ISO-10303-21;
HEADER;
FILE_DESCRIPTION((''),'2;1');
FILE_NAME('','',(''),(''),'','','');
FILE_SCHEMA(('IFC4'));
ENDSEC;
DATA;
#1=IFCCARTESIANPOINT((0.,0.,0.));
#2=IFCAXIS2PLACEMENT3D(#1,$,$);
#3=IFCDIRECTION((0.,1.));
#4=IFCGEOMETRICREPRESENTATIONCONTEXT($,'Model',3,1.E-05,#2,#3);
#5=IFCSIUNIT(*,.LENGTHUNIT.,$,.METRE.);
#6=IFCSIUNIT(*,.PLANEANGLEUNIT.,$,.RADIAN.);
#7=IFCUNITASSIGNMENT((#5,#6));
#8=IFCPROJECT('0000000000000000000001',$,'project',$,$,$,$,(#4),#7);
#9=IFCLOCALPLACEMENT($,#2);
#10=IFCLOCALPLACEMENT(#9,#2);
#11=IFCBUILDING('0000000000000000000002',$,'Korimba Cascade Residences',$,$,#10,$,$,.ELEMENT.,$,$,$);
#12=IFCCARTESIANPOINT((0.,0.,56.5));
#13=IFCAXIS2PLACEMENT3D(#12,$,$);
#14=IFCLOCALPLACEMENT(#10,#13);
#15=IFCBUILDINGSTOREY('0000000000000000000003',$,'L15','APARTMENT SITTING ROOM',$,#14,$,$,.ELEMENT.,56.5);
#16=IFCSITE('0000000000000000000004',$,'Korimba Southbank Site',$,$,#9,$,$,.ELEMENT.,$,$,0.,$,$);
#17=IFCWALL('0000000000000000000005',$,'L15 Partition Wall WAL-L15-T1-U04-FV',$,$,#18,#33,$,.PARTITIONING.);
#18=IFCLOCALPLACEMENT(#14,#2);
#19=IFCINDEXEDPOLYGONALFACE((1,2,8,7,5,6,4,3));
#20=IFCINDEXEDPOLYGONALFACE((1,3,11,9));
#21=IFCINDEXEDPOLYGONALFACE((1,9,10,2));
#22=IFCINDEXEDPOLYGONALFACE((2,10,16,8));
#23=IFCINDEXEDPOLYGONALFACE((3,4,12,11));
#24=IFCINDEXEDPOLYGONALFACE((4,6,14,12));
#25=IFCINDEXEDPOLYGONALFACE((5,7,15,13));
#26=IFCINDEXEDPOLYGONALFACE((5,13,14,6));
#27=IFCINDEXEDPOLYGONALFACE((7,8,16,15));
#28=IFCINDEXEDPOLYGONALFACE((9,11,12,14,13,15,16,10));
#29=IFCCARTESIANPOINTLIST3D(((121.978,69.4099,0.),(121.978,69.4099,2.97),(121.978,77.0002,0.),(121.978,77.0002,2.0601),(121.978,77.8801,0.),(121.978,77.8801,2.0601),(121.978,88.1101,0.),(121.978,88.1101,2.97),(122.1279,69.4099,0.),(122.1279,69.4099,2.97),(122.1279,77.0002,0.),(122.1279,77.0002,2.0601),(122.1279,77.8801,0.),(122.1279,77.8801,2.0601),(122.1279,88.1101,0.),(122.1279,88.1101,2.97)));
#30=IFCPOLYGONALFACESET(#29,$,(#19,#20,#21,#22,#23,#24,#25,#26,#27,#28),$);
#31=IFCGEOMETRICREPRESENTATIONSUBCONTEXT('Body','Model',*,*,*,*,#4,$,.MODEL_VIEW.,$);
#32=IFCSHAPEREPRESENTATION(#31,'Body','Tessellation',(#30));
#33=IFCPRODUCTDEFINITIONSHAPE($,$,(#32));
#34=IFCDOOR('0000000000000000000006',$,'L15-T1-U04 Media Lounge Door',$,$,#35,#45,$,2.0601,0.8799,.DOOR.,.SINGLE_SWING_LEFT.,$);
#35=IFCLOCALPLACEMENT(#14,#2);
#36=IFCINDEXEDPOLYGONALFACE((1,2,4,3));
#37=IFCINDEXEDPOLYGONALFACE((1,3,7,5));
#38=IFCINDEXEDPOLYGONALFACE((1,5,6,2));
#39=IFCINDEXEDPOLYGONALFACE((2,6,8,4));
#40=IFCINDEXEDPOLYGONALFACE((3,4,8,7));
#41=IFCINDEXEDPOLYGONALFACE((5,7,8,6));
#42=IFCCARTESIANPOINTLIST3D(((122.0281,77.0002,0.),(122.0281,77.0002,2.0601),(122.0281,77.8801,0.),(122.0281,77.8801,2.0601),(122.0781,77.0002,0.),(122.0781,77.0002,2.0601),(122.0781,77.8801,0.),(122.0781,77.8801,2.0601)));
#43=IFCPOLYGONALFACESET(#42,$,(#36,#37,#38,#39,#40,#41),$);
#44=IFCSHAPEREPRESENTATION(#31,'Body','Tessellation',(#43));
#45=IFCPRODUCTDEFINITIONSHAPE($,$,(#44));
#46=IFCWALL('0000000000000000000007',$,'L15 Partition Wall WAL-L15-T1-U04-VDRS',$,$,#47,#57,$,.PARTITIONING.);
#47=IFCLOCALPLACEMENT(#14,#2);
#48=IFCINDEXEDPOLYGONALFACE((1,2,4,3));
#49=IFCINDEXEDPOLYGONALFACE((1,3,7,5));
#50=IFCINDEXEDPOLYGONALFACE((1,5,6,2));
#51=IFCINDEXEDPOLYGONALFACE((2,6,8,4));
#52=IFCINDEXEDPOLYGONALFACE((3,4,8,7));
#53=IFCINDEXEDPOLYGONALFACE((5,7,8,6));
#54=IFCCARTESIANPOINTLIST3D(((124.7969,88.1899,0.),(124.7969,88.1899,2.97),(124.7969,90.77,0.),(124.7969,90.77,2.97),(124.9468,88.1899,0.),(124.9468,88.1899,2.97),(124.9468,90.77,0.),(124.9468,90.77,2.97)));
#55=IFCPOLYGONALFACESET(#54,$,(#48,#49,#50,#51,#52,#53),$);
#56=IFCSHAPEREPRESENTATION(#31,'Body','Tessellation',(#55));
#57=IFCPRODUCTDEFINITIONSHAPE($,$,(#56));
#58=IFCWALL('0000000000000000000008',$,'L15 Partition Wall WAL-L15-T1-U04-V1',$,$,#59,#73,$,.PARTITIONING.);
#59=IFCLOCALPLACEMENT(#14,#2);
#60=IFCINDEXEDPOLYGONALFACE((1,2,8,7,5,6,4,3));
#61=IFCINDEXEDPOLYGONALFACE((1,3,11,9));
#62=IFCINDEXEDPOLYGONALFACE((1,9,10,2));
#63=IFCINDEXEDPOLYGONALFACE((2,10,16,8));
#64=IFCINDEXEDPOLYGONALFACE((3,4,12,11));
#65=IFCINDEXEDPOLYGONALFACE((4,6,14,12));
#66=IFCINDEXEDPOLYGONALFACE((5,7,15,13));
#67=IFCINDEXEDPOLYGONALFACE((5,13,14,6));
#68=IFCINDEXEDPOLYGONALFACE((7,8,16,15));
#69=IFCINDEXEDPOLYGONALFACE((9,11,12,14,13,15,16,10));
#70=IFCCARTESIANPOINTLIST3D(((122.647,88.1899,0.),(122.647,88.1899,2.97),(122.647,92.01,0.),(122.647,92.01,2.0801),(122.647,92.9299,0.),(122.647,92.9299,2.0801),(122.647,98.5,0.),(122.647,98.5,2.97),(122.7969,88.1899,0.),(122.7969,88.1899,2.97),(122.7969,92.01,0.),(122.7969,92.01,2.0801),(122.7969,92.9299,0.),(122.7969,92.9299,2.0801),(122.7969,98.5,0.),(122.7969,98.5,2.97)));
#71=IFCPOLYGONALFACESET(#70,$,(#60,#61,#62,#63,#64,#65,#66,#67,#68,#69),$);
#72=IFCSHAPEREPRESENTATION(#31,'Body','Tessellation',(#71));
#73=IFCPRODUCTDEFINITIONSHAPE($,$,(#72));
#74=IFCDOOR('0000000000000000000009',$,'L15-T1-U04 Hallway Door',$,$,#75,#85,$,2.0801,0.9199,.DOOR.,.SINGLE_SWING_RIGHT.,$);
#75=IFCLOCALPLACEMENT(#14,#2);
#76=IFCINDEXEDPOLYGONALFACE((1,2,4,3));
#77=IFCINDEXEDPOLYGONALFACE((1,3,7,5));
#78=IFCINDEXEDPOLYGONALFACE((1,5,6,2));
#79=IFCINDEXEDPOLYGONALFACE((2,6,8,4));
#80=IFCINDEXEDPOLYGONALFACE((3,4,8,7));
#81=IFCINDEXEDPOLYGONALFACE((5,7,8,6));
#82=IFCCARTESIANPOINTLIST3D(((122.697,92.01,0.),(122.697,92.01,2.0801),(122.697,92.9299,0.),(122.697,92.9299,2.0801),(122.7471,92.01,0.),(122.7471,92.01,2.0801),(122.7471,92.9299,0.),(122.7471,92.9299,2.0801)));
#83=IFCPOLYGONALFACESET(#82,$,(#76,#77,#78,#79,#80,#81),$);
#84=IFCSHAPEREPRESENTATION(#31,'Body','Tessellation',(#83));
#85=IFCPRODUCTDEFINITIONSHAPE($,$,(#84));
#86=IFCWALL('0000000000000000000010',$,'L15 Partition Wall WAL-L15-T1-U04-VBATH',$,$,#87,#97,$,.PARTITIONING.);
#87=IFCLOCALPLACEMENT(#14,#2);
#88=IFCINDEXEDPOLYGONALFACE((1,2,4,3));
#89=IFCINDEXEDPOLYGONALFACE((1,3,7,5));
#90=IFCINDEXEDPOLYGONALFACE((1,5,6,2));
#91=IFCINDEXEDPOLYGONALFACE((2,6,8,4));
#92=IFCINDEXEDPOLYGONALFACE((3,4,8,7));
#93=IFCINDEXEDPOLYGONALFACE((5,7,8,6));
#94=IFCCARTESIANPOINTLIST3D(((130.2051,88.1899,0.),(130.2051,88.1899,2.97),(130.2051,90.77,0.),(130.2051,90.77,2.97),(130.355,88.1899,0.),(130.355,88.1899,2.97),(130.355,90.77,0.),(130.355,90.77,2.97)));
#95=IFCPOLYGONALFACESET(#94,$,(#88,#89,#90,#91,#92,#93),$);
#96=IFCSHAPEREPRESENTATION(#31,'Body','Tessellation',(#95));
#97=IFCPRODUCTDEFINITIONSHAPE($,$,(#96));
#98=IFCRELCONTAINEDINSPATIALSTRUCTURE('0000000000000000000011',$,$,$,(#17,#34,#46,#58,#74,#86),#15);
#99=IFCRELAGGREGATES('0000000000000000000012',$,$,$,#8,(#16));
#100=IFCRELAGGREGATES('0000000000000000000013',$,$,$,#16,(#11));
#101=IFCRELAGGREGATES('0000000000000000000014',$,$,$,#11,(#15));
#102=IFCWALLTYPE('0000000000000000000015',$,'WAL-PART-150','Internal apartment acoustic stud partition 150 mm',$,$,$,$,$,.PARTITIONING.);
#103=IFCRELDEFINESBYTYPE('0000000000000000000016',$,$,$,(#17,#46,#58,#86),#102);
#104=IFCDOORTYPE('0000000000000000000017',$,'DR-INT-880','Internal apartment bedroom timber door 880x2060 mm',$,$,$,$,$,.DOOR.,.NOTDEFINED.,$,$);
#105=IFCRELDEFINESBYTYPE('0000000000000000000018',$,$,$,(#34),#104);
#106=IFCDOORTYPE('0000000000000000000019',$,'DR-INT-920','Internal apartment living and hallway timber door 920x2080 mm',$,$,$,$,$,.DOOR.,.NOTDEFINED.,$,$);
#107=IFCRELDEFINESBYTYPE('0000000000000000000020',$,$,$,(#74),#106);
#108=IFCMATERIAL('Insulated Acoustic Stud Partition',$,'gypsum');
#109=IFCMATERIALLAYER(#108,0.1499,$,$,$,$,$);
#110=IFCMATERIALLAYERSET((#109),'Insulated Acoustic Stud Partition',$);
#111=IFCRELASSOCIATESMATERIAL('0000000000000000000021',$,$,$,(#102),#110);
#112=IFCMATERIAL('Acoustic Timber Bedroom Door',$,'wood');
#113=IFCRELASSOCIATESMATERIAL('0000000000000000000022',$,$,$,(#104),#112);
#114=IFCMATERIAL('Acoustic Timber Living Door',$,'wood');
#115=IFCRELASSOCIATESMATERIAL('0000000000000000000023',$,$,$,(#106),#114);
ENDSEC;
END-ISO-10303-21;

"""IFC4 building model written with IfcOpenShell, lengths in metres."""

from ifc_helpers import new_model, si_unit, direction, frame, frame_2d, origin, place, context, subcontext, project, spatial, rectangle, extrude, material, layer, layer_set, type_object, element, fill, save


model = new_model("IFC4")

# Units and contexts
model_context = context("Model", 3, precision=1e-05, world=origin(), true_north=direction((0.0, 1.0)))
body_context = subcontext(model_context, "Body", "Model", "MODEL_VIEW")
ifc_project = project(units=[si_unit("LENGTHUNIT", "METRE"), si_unit("PLANEANGLEUNIT", "RADIAN")], contexts=[model_context])

# Site, building, storey
site_placement = place(None, origin())
site = spatial("IfcSite", under=ifc_project, at=site_placement, Name="Korimba Southbank Site", CompositionType="ELEMENT", RefElevation=0.0)
building_placement = place(site_placement, origin())
building = spatial("IfcBuilding", under=site, at=building_placement, Name="Korimba Cascade Residences", CompositionType="ELEMENT")
storey_placement = place(building_placement, frame((0.0, 0.0, 56.5)))
storey = spatial("IfcBuildingStorey", under=building, at=storey_placement, Name="L15", Description="APARTMENT SITTING ROOM", CompositionType="ELEMENT", Elevation=56.5)

# Shared definitions
ifc_material_1 = material(Name="Insulated Acoustic Stud Partition", Category="gypsum")
ifc_layer_1 = layer(ifc_material_1, 0.1499)
ifc_layer_set_1 = layer_set([ifc_layer_1], Name="Insulated Acoustic Stud Partition")
wall_type_1 = type_object("IfcWallType", Name="WAL-PART-150", Description="Internal apartment acoustic stud partition 150 mm", PredefinedType="PARTITIONING", material=ifc_layer_set_1)
ifc_material_2 = material(Name="Acoustic Timber Bedroom Door", Category="wood")
door_type_1 = type_object("IfcDoorType", Name="DR-INT-880", Description="Internal apartment bedroom timber door 880x2060 mm", OperationType="NOTDEFINED", PredefinedType="DOOR", material=ifc_material_2)

# Wall, opening, door
wall_1_placement = place(storey_placement, frame((122.053, 69.4099, 0.0), z_axis=(0.0, 0.0, 1.0), x_axis=(0.0, 1.0, 0.0)))
wall_1 = element("IfcWall", 1, at=wall_1_placement, inside=storey, type_object=wall_type_1, Name="L15 Partition Wall WAL-L15-T1-U04-FV", PredefinedType="PARTITIONING", context=body_context, shape_type="SweptSolid", body=[
    extrude(rectangle(XDim=18.7002, YDim=0.1499, at=frame_2d((9.3501, 0.0))), origin(), (0.0, 0.0, 1.0), 2.97),
])
opening_1_placement = place(wall_1_placement, frame((7.5903, 0.0, 0.0)))
opening_1 = element("IfcOpeningElement", 2, at=opening_1_placement, cuts=wall_1, PredefinedType="OPENING", context=body_context, shape_type="SweptSolid", body=[
    extrude(rectangle(XDim=0.8799, YDim=2.0601, at=frame_2d((0.4399, 1.03))), frame((0.0, 0.085, 0.0), z_axis=(0.0, -1.0, 0.0), x_axis=(1.0, 0.0, 0.0)), (0.0, 0.0, 1.0), 0.1699),
])
door_1_placement = place(opening_1_placement, origin())
door_1 = element("IfcDoor", 3, at=door_1_placement, inside=storey, type_object=door_type_1, Name="L15-T1-U04 Media Lounge Door", OperationType="SINGLE_SWING_LEFT", OverallHeight=2.0601, OverallWidth=0.8799, PredefinedType="DOOR", context=body_context, shape_type="SweptSolid", body=[
    extrude(rectangle(XDim=0.8799, YDim=2.0601, at=frame_2d((0.4399, 1.03))), frame((0.0, 0.0249, 0.0), z_axis=(0.0, -1.0, 0.0), x_axis=(1.0, 0.0, 0.0)), (0.0, 0.0, 1.0), 0.05),
])
fill(opening_1, door_1)

# Wall
wall_2_placement = place(storey_placement, frame((124.8718, 88.1899, 0.0), z_axis=(0.0, 0.0, 1.0), x_axis=(0.0, 1.0, 0.0)))
element("IfcWall", 4, at=wall_2_placement, inside=storey, type_object=wall_type_1, Name="L15 Partition Wall WAL-L15-T1-U04-VDRS", PredefinedType="PARTITIONING", context=body_context, shape_type="SweptSolid", body=[
    extrude(rectangle(XDim=2.5801, YDim=0.1499, at=frame_2d((1.29, 0.0))), origin(), (0.0, 0.0, 1.0), 2.97),
])

# Wall, opening, door
wall_3_placement = place(storey_placement, frame((122.7219, 88.1899, 0.0), z_axis=(0.0, 0.0, 1.0), x_axis=(0.0, 1.0, 0.0)))
wall_3 = element("IfcWall", 5, at=wall_3_placement, inside=storey, type_object=wall_type_1, Name="L15 Partition Wall WAL-L15-T1-U04-V1", PredefinedType="PARTITIONING", context=body_context, shape_type="SweptSolid", body=[
    extrude(rectangle(XDim=10.3101, YDim=0.1499, at=frame_2d((5.155, 0.0))), origin(), (0.0, 0.0, 1.0), 2.97),
])
opening_2_placement = place(wall_3_placement, frame((3.8201, 0.0, 0.0)))
opening_2 = element("IfcOpeningElement", 6, at=opening_2_placement, cuts=wall_3, PredefinedType="OPENING", context=body_context, shape_type="SweptSolid", body=[
    extrude(rectangle(XDim=0.9199, YDim=2.0801, at=frame_2d((0.46, 1.04))), frame((0.0, 0.085, 0.0), z_axis=(0.0, -1.0, 0.0), x_axis=(1.0, 0.0, 0.0)), (0.0, 0.0, 1.0), 0.1699),
])
ifc_material_3 = material(Name="Acoustic Timber Living Door", Category="wood")
door_type_2 = type_object("IfcDoorType", Name="DR-INT-920", Description="Internal apartment living and hallway timber door 920x2080 mm", OperationType="NOTDEFINED", PredefinedType="DOOR", material=ifc_material_3)
door_2_placement = place(opening_2_placement, origin())
door_2 = element("IfcDoor", 7, at=door_2_placement, inside=storey, type_object=door_type_2, Name="L15-T1-U04 Hallway Door", OperationType="SINGLE_SWING_RIGHT", OverallHeight=2.0801, OverallWidth=0.9199, PredefinedType="DOOR", context=body_context, shape_type="SweptSolid", body=[
    extrude(rectangle(XDim=0.9199, YDim=2.0801, at=frame_2d((0.46, 1.04))), frame((0.0, 0.0249, 0.0), z_axis=(0.0, -1.0, 0.0), x_axis=(1.0, 0.0, 0.0)), (0.0, 0.0, 1.0), 0.05),
])
fill(opening_2, door_2)

# Wall
wall_4_placement = place(storey_placement, frame((130.28, 88.1899, 0.0), z_axis=(0.0, 0.0, 1.0), x_axis=(0.0, 1.0, 0.0)))
element("IfcWall", 8, at=wall_4_placement, inside=storey, type_object=wall_type_1, Name="L15 Partition Wall WAL-L15-T1-U04-VBATH", PredefinedType="PARTITIONING", context=body_context, shape_type="SweptSolid", body=[
    extrude(rectangle(XDim=2.5801, YDim=0.1499, at=frame_2d((1.29, 0.0))), origin(), (0.0, 0.0, 1.0), 2.97),
])

save(model, "model.ifc")
